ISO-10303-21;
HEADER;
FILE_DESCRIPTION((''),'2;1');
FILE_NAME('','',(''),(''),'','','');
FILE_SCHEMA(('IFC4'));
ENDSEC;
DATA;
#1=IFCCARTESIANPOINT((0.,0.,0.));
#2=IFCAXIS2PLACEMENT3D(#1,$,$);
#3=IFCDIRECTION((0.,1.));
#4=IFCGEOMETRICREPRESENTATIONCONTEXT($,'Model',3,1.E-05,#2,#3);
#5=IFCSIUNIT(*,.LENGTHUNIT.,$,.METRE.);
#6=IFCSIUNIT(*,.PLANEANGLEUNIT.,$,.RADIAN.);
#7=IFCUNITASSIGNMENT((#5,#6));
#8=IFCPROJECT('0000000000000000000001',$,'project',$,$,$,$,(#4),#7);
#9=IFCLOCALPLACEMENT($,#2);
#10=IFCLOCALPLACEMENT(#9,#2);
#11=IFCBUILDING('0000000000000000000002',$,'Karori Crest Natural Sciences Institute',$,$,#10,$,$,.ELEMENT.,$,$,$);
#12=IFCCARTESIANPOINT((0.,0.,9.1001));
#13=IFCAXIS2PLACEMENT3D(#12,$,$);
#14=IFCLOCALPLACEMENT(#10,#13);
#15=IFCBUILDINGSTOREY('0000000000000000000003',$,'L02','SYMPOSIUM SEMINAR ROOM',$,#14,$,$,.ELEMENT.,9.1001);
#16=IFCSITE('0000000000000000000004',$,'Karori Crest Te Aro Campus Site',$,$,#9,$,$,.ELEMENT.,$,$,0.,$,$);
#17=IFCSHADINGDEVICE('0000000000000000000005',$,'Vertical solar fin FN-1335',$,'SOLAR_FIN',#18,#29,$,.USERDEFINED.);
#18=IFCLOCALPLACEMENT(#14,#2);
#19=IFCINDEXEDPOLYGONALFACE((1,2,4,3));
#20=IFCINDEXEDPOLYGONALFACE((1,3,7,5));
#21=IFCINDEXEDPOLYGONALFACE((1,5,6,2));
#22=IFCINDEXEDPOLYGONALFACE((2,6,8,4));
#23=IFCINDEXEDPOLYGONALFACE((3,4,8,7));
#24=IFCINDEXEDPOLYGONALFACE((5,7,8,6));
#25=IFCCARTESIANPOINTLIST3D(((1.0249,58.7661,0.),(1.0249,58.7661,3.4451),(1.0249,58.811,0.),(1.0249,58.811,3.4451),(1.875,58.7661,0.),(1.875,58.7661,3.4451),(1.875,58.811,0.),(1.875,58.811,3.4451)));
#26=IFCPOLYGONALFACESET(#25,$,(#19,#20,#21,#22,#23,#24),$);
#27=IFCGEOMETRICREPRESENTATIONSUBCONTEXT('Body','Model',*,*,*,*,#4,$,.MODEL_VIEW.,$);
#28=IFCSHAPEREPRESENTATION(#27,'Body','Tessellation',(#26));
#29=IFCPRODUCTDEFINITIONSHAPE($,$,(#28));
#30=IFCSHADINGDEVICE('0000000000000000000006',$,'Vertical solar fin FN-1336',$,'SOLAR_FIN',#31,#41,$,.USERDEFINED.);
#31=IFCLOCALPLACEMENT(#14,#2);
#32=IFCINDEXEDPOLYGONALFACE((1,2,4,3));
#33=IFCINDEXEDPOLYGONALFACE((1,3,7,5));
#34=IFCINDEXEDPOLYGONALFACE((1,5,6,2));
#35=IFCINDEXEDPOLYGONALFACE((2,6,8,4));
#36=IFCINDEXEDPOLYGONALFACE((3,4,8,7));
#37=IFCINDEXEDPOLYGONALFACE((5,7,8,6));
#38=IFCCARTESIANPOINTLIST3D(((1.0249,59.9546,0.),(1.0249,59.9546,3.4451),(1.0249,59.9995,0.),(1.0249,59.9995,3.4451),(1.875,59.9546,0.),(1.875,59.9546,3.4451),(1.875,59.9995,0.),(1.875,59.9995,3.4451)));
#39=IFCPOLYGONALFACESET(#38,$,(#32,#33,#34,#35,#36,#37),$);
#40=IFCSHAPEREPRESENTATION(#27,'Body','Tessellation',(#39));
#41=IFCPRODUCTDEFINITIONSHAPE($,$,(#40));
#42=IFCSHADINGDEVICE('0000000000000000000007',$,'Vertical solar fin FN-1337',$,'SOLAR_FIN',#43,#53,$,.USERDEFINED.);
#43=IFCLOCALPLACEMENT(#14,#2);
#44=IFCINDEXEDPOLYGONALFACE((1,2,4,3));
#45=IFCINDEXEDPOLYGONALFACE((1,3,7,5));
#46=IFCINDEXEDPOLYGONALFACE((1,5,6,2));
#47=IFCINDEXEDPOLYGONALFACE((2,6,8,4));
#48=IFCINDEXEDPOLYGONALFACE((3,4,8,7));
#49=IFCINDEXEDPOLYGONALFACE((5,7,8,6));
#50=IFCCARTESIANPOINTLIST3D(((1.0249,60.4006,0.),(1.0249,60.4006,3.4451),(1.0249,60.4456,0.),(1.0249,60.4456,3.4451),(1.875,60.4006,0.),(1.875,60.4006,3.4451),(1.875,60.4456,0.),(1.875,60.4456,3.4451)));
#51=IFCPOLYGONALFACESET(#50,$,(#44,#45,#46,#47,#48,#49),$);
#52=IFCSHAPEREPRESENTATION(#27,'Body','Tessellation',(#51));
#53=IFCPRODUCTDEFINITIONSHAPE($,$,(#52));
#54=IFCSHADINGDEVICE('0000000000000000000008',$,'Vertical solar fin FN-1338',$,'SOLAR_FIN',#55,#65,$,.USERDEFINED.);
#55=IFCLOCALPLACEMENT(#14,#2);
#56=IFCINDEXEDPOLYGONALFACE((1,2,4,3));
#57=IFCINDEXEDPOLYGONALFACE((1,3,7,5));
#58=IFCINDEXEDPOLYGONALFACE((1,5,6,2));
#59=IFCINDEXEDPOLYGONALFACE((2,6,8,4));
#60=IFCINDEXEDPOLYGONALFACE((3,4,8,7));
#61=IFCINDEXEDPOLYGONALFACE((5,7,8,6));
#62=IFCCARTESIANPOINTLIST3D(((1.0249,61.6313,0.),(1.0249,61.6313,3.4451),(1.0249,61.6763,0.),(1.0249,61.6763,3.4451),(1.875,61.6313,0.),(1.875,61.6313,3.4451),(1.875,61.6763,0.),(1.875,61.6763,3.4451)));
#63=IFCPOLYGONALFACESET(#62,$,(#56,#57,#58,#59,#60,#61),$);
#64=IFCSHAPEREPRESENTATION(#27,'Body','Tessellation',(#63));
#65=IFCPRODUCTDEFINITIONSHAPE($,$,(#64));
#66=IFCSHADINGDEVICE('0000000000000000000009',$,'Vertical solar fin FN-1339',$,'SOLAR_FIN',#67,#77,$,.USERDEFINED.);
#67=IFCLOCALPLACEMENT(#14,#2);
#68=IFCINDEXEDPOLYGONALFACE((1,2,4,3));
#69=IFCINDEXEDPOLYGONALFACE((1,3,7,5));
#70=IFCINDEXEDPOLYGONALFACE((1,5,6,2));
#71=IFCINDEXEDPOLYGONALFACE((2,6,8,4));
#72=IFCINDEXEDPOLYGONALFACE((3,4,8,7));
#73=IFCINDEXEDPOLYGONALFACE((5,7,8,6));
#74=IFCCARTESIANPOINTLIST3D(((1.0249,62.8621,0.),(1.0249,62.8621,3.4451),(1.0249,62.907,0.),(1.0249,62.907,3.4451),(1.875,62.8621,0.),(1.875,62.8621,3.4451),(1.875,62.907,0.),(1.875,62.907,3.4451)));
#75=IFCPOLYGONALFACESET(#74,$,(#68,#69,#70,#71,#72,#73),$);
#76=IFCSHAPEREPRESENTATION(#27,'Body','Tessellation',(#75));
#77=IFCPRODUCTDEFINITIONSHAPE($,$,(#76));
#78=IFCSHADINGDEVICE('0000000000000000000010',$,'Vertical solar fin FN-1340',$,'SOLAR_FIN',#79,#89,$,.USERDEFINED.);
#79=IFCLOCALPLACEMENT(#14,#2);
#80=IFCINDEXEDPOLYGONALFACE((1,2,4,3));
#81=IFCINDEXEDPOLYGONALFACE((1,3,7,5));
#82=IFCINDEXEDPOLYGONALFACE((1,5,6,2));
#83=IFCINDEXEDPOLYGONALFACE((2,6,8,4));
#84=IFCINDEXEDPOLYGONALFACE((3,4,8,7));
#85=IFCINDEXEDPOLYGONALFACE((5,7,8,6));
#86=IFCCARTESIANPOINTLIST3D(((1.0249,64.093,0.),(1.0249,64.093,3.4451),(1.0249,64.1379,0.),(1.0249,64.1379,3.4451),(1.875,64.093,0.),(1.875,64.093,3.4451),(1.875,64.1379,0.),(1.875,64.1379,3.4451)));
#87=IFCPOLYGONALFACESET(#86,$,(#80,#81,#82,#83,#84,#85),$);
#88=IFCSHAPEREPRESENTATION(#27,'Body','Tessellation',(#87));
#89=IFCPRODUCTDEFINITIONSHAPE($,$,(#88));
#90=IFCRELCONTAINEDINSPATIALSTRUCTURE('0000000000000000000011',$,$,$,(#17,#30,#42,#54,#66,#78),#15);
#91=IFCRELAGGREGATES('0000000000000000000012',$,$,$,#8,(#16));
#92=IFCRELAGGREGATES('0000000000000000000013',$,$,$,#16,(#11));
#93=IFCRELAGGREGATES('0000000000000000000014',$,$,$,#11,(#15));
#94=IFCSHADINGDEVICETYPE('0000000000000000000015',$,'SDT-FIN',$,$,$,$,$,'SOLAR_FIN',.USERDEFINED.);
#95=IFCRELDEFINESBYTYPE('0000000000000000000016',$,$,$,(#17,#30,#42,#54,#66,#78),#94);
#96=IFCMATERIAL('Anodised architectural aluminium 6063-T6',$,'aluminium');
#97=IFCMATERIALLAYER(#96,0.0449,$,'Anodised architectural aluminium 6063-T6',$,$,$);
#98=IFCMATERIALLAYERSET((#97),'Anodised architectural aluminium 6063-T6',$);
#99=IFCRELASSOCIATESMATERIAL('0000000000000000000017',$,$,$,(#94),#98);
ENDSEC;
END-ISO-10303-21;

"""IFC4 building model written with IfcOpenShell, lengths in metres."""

from ifc_helpers import new_model, si_unit, direction, frame, origin, origin_2d, place, context, subcontext, project, spatial, rectangle, extrude, material, layer, layer_set, type_object, element, save


model = new_model("IFC4")

# Units and contexts
model_context = context("Model", 3, precision=1e-05, world=origin(), true_north=direction((0.0, 1.0)))
body_context = subcontext(model_context, "Body", "Model", "MODEL_VIEW")
ifc_project = project(units=[si_unit("LENGTHUNIT", "METRE"), si_unit("PLANEANGLEUNIT", "RADIAN")], contexts=[model_context])

# Site, building, storey
site_placement = place(None, origin())
site = spatial("IfcSite", under=ifc_project, at=site_placement, Name="Karori Crest Te Aro Campus Site", CompositionType="ELEMENT", RefElevation=0.0)
building_placement = place(site_placement, origin())
building = spatial("IfcBuilding", under=site, at=building_placement, Name="Karori Crest Natural Sciences Institute", CompositionType="ELEMENT")
storey_placement = place(building_placement, frame((0.0, 0.0, 9.1001)))
storey = spatial("IfcBuildingStorey", under=building, at=storey_placement, Name="L02", Description="SYMPOSIUM SEMINAR ROOM", CompositionType="ELEMENT", Elevation=9.1001)

# Shared definitions
ifc_material_1 = material(Name="Anodised architectural aluminium 6063-T6", Category="aluminium")

# Shading devices
ifc_layer_1 = layer(ifc_material_1, 0.0449, Name="Anodised architectural aluminium 6063-T6")
ifc_layer_set_1 = layer_set([ifc_layer_1], Name="Anodised architectural aluminium 6063-T6")
shading_device_type = type_object("IfcShadingDeviceType", Name="SDT-FIN", ElementType="SOLAR_FIN", PredefinedType="USERDEFINED", material=ifc_layer_set_1)
for number, where, z_axis, x_axis, name in (
    (1, (1.45, 58.7886, 0.0), (0.0, 0.0, 1.0), (-1.0, 0.0, 0.0), "Vertical solar fin FN-1335"),
    (2, (1.45, 59.9771, 0.0), (0.0, 0.0, 1.0), (-1.0, 0.0, 0.0), "Vertical solar fin FN-1336"),
    (3, (1.45, 60.4231, 0.0), (0.0, 0.0, 1.0), (-1.0, 0.0, 0.0), "Vertical solar fin FN-1337"),
    (4, (1.45, 61.6538, 0.0), (0.0, 0.0, 1.0), (-1.0, 0.0, 0.0), "Vertical solar fin FN-1338"),
    (5, (1.45, 62.8845, 0.0), (0.0, 0.0, 1.0), (-1.0, 0.0, 0.0), "Vertical solar fin FN-1339"),
    (6, (1.45, 64.1155, 0.0), (0.0, 0.0, 1.0), (-1.0, 0.0, 0.0), "Vertical solar fin FN-1340"),
):
    element("IfcShadingDevice", number, at=place(storey_placement, frame(where, z_axis=z_axis, x_axis=x_axis)), inside=storey, type_object=shading_device_type, Name=name, ObjectType="SOLAR_FIN", PredefinedType="USERDEFINED", context=body_context, shape_type="SweptSolid", body=[
        extrude(rectangle(XDim=0.8501, YDim=0.0449, at=origin_2d()), origin(), (0.0, 0.0, 1.0), 3.4451),
    ])

save(model, "model.ifc")
